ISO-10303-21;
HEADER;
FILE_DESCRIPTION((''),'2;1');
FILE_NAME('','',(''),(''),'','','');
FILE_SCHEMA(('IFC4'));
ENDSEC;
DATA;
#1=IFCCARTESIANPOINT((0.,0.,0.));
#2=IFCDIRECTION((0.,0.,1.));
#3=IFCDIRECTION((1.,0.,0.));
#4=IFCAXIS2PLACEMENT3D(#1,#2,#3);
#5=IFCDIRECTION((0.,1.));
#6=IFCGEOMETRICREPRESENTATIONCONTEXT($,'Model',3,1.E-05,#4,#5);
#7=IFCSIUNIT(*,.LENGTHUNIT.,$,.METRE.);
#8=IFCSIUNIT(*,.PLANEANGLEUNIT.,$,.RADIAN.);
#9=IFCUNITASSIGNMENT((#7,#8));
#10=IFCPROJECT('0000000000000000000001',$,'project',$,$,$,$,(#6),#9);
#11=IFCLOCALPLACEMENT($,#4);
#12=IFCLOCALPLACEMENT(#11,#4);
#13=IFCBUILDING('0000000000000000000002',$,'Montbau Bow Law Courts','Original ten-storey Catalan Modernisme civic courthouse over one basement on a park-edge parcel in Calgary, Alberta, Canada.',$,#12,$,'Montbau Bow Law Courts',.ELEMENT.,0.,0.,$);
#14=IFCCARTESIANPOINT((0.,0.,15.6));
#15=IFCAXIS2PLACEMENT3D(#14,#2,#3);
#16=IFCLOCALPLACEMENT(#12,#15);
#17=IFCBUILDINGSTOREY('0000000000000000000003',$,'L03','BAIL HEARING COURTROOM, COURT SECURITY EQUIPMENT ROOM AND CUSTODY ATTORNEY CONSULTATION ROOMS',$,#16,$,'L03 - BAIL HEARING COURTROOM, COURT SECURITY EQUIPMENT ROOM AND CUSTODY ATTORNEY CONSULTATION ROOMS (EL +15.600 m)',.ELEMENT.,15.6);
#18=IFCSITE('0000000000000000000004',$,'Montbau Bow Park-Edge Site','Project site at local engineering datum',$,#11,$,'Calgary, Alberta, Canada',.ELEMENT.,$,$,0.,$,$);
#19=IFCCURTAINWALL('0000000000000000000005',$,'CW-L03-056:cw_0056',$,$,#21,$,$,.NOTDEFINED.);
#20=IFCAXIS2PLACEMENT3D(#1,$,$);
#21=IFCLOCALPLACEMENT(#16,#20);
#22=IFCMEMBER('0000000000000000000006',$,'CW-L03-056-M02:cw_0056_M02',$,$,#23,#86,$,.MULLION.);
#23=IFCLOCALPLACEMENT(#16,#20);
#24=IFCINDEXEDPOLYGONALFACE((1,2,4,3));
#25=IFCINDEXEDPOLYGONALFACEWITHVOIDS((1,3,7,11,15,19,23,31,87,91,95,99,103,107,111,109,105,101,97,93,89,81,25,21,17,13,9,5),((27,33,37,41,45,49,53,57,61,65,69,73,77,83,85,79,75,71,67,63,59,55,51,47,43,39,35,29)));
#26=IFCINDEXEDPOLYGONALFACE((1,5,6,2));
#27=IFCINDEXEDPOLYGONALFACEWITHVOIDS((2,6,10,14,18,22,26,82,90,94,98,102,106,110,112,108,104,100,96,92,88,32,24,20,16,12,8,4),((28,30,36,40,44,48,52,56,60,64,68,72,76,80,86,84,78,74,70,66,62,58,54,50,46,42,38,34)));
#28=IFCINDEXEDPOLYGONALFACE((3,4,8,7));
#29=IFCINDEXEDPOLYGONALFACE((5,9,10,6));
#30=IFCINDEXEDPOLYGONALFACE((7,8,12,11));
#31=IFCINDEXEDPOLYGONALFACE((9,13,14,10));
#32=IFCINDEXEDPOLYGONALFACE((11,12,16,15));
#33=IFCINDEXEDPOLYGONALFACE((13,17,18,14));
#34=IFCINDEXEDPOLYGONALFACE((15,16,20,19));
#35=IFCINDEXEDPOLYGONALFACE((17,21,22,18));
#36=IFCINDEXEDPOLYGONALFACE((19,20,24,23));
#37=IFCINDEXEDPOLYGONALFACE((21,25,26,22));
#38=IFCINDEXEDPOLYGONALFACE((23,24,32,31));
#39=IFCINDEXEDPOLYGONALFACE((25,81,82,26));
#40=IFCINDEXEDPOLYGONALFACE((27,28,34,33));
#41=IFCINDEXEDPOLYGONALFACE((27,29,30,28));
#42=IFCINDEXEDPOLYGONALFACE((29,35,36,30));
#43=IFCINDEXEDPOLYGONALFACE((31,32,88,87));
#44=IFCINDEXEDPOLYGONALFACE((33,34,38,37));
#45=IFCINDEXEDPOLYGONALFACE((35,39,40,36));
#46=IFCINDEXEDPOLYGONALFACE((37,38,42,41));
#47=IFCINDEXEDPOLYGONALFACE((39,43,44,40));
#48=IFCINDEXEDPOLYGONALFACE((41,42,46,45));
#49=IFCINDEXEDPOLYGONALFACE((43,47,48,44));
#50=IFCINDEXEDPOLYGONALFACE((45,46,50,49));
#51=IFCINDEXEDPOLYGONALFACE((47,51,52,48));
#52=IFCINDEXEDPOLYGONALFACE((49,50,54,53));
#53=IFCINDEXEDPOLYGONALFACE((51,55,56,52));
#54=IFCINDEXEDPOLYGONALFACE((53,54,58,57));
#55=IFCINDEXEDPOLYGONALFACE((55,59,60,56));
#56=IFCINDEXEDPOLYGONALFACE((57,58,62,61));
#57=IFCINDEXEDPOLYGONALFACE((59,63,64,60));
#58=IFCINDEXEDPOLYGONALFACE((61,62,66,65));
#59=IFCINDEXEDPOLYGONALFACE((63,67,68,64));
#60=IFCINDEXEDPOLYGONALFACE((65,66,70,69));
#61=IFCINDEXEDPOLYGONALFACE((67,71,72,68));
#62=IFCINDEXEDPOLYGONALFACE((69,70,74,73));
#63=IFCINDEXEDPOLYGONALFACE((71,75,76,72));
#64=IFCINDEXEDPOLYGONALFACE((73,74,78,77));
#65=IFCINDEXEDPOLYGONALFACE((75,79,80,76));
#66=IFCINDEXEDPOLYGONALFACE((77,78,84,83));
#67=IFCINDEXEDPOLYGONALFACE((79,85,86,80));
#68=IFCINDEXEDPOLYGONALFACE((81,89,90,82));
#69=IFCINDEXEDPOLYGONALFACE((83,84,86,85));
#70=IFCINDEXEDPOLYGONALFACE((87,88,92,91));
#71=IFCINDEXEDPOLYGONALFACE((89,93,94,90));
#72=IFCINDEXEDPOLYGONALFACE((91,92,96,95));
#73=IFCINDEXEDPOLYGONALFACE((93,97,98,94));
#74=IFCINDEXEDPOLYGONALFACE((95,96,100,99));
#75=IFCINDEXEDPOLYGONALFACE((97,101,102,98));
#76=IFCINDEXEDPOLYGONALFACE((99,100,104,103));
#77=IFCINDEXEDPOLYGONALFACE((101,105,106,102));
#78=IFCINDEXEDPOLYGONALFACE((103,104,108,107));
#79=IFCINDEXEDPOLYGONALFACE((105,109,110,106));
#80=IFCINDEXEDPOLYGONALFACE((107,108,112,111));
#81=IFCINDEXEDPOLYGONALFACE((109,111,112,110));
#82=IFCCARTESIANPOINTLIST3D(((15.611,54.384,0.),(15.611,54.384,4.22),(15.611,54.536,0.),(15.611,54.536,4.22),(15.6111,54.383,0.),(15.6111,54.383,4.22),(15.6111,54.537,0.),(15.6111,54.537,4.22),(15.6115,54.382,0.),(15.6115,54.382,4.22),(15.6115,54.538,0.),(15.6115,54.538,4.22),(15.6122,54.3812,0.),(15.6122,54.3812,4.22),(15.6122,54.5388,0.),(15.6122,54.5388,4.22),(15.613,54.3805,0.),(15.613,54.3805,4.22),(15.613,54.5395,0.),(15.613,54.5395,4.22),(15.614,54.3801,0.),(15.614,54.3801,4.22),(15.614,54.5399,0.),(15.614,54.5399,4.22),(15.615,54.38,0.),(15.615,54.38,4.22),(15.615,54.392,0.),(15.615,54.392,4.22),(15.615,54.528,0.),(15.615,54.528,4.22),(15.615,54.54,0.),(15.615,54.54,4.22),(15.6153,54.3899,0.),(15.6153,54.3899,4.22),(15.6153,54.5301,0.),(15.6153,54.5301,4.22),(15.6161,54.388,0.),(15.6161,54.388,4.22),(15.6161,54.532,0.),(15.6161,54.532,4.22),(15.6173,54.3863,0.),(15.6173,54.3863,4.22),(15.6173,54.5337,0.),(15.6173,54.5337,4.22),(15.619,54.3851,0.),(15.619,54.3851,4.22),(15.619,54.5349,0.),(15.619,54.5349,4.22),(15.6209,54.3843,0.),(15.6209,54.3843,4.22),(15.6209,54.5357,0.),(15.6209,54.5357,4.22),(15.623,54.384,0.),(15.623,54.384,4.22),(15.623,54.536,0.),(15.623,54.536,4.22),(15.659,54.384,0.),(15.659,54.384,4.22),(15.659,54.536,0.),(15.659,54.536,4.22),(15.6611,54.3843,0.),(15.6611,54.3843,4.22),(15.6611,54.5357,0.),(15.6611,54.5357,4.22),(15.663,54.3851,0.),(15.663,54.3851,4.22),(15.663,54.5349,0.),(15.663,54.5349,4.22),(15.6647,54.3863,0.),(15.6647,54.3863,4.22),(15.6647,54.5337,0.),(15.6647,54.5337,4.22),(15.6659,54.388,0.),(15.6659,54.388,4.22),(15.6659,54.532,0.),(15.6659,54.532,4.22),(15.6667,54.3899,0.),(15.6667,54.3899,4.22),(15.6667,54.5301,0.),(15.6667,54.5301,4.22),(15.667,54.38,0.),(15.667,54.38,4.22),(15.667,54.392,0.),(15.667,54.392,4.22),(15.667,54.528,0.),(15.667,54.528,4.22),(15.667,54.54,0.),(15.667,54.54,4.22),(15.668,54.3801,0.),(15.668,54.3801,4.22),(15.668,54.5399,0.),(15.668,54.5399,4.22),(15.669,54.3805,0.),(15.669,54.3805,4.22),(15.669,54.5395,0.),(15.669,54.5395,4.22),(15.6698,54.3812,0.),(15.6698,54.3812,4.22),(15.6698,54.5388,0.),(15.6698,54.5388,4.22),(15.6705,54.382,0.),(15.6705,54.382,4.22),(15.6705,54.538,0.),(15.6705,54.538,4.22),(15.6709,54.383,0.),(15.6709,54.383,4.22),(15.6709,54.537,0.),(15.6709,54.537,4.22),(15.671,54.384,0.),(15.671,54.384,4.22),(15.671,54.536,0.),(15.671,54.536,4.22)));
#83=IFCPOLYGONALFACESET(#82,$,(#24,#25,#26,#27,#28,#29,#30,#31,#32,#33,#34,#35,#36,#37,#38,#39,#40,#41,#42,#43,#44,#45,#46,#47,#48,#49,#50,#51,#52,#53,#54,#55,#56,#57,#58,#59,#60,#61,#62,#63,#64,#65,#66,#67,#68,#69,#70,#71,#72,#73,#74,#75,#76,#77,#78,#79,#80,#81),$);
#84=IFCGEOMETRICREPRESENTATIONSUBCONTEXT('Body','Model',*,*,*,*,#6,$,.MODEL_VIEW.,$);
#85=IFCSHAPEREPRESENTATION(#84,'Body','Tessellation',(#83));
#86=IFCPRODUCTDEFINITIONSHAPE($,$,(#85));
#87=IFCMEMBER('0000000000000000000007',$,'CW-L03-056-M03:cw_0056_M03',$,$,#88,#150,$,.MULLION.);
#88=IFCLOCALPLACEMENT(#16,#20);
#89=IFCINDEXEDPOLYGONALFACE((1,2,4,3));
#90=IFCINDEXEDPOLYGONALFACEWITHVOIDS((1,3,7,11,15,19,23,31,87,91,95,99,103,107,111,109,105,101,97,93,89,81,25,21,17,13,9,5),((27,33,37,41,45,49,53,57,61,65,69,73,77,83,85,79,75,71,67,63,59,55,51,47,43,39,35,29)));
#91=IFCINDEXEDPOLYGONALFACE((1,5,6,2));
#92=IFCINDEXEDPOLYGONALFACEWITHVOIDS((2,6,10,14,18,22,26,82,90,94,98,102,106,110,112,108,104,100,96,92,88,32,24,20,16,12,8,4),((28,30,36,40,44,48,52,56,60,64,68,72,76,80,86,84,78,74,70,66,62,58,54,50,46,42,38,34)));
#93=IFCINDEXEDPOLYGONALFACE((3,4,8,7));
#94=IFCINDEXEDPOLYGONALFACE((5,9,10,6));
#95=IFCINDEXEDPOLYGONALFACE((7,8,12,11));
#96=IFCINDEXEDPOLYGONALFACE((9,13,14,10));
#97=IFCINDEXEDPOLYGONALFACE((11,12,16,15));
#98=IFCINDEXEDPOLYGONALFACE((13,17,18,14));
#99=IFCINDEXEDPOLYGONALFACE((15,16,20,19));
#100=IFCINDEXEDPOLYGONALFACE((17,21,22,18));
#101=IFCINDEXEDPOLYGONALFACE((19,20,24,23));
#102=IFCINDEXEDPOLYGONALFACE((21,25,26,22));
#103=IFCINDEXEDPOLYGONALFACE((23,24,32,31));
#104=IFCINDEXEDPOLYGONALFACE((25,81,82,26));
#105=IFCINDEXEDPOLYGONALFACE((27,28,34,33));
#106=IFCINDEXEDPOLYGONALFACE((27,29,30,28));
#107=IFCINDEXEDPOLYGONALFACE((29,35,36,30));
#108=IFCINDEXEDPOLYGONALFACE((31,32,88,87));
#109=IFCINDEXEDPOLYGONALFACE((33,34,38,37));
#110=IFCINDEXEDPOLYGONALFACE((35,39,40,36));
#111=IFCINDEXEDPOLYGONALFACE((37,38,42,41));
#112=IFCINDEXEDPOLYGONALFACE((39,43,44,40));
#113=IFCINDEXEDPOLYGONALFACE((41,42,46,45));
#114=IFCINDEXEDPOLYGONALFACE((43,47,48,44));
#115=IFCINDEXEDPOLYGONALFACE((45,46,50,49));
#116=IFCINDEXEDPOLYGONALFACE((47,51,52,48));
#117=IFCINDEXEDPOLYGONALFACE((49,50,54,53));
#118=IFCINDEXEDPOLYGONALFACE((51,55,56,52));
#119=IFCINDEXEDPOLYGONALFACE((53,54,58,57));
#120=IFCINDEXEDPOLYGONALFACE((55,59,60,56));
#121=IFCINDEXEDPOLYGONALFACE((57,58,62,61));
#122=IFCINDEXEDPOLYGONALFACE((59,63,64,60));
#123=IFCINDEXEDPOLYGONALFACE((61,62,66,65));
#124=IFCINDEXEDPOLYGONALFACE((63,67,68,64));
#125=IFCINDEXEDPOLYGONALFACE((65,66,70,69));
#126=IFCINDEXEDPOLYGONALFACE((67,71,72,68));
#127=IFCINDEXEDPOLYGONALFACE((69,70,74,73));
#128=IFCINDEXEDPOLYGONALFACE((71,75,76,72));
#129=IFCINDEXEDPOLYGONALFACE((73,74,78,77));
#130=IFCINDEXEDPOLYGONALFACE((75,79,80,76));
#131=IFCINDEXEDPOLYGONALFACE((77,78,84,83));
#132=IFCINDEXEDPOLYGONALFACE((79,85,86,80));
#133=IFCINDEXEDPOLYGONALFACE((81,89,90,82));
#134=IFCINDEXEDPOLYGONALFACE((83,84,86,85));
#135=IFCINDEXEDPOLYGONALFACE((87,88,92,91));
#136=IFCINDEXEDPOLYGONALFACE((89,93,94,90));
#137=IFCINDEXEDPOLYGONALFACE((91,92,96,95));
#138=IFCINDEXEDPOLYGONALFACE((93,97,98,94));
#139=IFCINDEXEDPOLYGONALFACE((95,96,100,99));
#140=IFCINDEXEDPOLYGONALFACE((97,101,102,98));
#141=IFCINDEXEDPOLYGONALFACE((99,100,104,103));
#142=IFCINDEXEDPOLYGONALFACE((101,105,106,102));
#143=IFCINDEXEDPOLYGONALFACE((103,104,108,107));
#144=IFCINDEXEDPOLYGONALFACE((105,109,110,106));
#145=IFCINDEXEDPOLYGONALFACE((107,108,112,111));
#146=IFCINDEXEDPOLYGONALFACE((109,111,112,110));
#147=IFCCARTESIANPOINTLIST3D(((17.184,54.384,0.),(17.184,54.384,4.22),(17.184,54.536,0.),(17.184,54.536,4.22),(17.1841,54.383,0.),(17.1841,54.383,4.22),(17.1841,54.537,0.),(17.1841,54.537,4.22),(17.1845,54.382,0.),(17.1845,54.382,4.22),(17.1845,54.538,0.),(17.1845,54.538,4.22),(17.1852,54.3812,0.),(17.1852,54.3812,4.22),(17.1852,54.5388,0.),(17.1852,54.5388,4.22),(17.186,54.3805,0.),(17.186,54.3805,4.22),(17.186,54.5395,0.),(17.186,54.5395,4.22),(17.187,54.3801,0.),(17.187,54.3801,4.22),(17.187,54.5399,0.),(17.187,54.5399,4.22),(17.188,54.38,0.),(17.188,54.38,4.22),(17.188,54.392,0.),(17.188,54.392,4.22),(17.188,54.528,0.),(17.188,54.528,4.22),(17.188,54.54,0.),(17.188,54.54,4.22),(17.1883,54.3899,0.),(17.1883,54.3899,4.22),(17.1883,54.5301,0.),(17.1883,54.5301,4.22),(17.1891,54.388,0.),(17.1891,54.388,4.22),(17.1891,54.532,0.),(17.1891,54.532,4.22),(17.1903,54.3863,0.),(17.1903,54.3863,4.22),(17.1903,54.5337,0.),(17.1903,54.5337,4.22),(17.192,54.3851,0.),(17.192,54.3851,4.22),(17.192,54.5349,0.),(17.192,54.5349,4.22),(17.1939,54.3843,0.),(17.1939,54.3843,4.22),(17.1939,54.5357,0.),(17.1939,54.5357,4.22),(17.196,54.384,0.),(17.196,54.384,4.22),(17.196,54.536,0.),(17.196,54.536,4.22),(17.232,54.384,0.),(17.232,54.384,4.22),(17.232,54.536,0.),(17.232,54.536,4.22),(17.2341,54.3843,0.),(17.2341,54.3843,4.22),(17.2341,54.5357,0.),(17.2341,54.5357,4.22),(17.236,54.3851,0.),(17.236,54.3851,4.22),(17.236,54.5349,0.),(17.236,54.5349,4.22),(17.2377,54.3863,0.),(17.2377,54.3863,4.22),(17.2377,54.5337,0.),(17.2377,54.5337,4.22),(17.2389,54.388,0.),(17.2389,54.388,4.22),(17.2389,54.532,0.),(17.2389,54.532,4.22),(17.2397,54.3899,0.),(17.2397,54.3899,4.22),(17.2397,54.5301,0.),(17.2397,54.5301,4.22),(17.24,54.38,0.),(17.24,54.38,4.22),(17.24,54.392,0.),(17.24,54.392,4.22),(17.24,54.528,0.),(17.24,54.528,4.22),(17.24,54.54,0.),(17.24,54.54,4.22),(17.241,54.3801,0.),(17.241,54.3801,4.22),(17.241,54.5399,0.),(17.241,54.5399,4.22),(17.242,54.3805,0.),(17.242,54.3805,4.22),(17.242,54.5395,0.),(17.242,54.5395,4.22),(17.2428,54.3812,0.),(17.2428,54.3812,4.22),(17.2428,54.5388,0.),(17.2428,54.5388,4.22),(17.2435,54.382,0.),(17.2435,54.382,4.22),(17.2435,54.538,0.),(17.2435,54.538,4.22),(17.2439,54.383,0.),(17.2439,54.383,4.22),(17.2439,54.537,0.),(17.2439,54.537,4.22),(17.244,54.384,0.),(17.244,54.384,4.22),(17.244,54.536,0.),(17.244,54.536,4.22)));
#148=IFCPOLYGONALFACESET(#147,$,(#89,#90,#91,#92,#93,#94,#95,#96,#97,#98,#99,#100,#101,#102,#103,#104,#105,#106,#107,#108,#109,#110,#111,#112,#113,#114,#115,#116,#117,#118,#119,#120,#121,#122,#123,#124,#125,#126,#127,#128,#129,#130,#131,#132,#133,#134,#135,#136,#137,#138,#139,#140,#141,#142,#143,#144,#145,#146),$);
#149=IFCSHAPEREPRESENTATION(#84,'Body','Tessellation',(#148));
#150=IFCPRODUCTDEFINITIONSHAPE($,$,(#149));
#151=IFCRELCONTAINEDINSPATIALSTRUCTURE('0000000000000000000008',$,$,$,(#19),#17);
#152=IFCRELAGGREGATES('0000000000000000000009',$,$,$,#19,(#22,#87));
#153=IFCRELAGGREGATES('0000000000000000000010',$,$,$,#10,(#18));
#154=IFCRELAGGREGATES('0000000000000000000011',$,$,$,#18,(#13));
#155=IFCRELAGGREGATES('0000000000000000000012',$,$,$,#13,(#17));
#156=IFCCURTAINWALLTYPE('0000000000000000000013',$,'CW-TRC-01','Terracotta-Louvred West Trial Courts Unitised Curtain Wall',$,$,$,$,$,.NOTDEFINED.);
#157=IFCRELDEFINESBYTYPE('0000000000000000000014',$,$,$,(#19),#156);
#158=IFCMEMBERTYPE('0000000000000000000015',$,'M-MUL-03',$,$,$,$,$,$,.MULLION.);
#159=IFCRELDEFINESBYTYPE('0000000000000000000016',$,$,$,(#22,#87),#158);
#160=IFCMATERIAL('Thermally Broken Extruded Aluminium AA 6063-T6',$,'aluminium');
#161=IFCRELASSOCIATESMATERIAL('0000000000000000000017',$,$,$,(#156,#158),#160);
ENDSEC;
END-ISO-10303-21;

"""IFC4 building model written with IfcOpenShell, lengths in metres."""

from ifc_helpers import new_model, si_unit, direction, frame, origin_with_axes, origin_2d_with_axis, place, context, subcontext, project, spatial, hollow_rectangle, extrude, material, material_profile, profile_set, type_object, element, aggregate, save


model = new_model("IFC4")

# Units and contexts
model_context = context("Model", 3, precision=1e-05, world=origin_with_axes(), true_north=direction((0.0, 1.0)))
body_context = subcontext(model_context, "Body", "Model", "MODEL_VIEW")
ifc_project = project(units=[si_unit("LENGTHUNIT", "METRE"), si_unit("PLANEANGLEUNIT", "RADIAN")], contexts=[model_context])

# Site, building, storey
site_placement = place(None, origin_with_axes())
site = spatial("IfcSite", under=ifc_project, at=site_placement, Name="Montbau Bow Park-Edge Site", Description="Project site at local engineering datum", LongName="Calgary, Alberta, Canada", CompositionType="ELEMENT", RefElevation=0.0)
building_placement = place(site_placement, origin_with_axes())
building = spatial("IfcBuilding", under=site, at=building_placement, Name="Montbau Bow Law Courts", Description="Original ten-storey Catalan Modernisme civic courthouse over one basement on a park-edge parcel in Calgary, Alberta, Canada.", LongName="Montbau Bow Law Courts", CompositionType="ELEMENT", ElevationOfRefHeight=0.0, ElevationOfTerrain=0.0)
storey_placement = place(building_placement, frame((0.0, 0.0, 15.6), z_axis=(0.0, 0.0, 1.0), x_axis=(1.0, 0.0, 0.0)))
storey = spatial("IfcBuildingStorey", under=building, at=storey_placement, Name="L03", Description="BAIL HEARING COURTROOM, COURT SECURITY EQUIPMENT ROOM AND CUSTODY ATTORNEY CONSULTATION ROOMS", LongName="L03 - BAIL HEARING COURTROOM, COURT SECURITY EQUIPMENT ROOM AND CUSTODY ATTORNEY CONSULTATION ROOMS (EL +15.600 m)", CompositionType="ELEMENT", Elevation=15.6)

# Curtain wall, members
ifc_material_1 = material(Name="Thermally Broken Extruded Aluminium AA 6063-T6", Category="aluminium")
curtain_wall_type = type_object("IfcCurtainWallType", Name="CW-TRC-01", Description="Terracotta-Louvred West Trial Courts Unitised Curtain Wall", PredefinedType="NOTDEFINED", material=ifc_material_1)
curtain_wall_placement = place(None, frame((14.068, 54.46, 15.6), z_axis=(0.0, 0.0, 1.0), x_axis=(1.0, 0.0, 0.0)))
curtain_wall = element("IfcCurtainWall", 1, at=curtain_wall_placement, inside=storey, type_object=curtain_wall_type, Name="CW-L03-056:cw_0056", PredefinedType="NOTDEFINED")
ifc_material_profile_1 = material_profile(ifc_material_1, hollow_rectangle(XDim=0.06, YDim=0.16, WallThickness=0.004, InnerFilletRadius=0.008, OuterFilletRadius=0.004, at=origin_2d_with_axis()), Name="CWM-160X60", Category="Main", Priority=0)
ifc_profile_set_1 = profile_set([ifc_material_profile_1], Name="Thermally Broken Extruded Aluminium AA 6063-T6")
member_type_1 = type_object("IfcMemberType", Name="M-MUL-03", PredefinedType="MULLION", material=ifc_profile_set_1)
member_1_placement = place(None, frame((15.641, 54.46, 15.6), z_axis=(0.0, 0.0, 1.0), x_axis=(1.0, 0.0, 0.0)))
member_1 = element("IfcMember", 2, at=member_1_placement, type_object=member_type_1, Name="CW-L03-056-M02:cw_0056_M02", PredefinedType="MULLION", context=body_context, shape_type="SweptSolid", body=[
    extrude(hollow_rectangle(XDim=0.06, YDim=0.16, WallThickness=0.004, InnerFilletRadius=0.008, OuterFilletRadius=0.004, at=origin_2d_with_axis()), origin_with_axes(), (0.0, 0.0, 1.0), 4.22),
])
member_2_placement = place(None, frame((17.214, 54.46, 15.6), z_axis=(0.0, 0.0, 1.0), x_axis=(1.0, 0.0, 0.0)))
member_2 = element("IfcMember", 3, at=member_2_placement, type_object=member_type_1, Name="CW-L03-056-M03:cw_0056_M03", PredefinedType="MULLION", context=body_context, shape_type="SweptSolid", body=[
    extrude(hollow_rectangle(XDim=0.06, YDim=0.16, WallThickness=0.004, InnerFilletRadius=0.008, OuterFilletRadius=0.004, at=origin_2d_with_axis()), origin_with_axes(), (0.0, 0.0, 1.0), 4.22),
])
aggregate(curtain_wall, [member_1, member_2])

save(model, "model.ifc")
